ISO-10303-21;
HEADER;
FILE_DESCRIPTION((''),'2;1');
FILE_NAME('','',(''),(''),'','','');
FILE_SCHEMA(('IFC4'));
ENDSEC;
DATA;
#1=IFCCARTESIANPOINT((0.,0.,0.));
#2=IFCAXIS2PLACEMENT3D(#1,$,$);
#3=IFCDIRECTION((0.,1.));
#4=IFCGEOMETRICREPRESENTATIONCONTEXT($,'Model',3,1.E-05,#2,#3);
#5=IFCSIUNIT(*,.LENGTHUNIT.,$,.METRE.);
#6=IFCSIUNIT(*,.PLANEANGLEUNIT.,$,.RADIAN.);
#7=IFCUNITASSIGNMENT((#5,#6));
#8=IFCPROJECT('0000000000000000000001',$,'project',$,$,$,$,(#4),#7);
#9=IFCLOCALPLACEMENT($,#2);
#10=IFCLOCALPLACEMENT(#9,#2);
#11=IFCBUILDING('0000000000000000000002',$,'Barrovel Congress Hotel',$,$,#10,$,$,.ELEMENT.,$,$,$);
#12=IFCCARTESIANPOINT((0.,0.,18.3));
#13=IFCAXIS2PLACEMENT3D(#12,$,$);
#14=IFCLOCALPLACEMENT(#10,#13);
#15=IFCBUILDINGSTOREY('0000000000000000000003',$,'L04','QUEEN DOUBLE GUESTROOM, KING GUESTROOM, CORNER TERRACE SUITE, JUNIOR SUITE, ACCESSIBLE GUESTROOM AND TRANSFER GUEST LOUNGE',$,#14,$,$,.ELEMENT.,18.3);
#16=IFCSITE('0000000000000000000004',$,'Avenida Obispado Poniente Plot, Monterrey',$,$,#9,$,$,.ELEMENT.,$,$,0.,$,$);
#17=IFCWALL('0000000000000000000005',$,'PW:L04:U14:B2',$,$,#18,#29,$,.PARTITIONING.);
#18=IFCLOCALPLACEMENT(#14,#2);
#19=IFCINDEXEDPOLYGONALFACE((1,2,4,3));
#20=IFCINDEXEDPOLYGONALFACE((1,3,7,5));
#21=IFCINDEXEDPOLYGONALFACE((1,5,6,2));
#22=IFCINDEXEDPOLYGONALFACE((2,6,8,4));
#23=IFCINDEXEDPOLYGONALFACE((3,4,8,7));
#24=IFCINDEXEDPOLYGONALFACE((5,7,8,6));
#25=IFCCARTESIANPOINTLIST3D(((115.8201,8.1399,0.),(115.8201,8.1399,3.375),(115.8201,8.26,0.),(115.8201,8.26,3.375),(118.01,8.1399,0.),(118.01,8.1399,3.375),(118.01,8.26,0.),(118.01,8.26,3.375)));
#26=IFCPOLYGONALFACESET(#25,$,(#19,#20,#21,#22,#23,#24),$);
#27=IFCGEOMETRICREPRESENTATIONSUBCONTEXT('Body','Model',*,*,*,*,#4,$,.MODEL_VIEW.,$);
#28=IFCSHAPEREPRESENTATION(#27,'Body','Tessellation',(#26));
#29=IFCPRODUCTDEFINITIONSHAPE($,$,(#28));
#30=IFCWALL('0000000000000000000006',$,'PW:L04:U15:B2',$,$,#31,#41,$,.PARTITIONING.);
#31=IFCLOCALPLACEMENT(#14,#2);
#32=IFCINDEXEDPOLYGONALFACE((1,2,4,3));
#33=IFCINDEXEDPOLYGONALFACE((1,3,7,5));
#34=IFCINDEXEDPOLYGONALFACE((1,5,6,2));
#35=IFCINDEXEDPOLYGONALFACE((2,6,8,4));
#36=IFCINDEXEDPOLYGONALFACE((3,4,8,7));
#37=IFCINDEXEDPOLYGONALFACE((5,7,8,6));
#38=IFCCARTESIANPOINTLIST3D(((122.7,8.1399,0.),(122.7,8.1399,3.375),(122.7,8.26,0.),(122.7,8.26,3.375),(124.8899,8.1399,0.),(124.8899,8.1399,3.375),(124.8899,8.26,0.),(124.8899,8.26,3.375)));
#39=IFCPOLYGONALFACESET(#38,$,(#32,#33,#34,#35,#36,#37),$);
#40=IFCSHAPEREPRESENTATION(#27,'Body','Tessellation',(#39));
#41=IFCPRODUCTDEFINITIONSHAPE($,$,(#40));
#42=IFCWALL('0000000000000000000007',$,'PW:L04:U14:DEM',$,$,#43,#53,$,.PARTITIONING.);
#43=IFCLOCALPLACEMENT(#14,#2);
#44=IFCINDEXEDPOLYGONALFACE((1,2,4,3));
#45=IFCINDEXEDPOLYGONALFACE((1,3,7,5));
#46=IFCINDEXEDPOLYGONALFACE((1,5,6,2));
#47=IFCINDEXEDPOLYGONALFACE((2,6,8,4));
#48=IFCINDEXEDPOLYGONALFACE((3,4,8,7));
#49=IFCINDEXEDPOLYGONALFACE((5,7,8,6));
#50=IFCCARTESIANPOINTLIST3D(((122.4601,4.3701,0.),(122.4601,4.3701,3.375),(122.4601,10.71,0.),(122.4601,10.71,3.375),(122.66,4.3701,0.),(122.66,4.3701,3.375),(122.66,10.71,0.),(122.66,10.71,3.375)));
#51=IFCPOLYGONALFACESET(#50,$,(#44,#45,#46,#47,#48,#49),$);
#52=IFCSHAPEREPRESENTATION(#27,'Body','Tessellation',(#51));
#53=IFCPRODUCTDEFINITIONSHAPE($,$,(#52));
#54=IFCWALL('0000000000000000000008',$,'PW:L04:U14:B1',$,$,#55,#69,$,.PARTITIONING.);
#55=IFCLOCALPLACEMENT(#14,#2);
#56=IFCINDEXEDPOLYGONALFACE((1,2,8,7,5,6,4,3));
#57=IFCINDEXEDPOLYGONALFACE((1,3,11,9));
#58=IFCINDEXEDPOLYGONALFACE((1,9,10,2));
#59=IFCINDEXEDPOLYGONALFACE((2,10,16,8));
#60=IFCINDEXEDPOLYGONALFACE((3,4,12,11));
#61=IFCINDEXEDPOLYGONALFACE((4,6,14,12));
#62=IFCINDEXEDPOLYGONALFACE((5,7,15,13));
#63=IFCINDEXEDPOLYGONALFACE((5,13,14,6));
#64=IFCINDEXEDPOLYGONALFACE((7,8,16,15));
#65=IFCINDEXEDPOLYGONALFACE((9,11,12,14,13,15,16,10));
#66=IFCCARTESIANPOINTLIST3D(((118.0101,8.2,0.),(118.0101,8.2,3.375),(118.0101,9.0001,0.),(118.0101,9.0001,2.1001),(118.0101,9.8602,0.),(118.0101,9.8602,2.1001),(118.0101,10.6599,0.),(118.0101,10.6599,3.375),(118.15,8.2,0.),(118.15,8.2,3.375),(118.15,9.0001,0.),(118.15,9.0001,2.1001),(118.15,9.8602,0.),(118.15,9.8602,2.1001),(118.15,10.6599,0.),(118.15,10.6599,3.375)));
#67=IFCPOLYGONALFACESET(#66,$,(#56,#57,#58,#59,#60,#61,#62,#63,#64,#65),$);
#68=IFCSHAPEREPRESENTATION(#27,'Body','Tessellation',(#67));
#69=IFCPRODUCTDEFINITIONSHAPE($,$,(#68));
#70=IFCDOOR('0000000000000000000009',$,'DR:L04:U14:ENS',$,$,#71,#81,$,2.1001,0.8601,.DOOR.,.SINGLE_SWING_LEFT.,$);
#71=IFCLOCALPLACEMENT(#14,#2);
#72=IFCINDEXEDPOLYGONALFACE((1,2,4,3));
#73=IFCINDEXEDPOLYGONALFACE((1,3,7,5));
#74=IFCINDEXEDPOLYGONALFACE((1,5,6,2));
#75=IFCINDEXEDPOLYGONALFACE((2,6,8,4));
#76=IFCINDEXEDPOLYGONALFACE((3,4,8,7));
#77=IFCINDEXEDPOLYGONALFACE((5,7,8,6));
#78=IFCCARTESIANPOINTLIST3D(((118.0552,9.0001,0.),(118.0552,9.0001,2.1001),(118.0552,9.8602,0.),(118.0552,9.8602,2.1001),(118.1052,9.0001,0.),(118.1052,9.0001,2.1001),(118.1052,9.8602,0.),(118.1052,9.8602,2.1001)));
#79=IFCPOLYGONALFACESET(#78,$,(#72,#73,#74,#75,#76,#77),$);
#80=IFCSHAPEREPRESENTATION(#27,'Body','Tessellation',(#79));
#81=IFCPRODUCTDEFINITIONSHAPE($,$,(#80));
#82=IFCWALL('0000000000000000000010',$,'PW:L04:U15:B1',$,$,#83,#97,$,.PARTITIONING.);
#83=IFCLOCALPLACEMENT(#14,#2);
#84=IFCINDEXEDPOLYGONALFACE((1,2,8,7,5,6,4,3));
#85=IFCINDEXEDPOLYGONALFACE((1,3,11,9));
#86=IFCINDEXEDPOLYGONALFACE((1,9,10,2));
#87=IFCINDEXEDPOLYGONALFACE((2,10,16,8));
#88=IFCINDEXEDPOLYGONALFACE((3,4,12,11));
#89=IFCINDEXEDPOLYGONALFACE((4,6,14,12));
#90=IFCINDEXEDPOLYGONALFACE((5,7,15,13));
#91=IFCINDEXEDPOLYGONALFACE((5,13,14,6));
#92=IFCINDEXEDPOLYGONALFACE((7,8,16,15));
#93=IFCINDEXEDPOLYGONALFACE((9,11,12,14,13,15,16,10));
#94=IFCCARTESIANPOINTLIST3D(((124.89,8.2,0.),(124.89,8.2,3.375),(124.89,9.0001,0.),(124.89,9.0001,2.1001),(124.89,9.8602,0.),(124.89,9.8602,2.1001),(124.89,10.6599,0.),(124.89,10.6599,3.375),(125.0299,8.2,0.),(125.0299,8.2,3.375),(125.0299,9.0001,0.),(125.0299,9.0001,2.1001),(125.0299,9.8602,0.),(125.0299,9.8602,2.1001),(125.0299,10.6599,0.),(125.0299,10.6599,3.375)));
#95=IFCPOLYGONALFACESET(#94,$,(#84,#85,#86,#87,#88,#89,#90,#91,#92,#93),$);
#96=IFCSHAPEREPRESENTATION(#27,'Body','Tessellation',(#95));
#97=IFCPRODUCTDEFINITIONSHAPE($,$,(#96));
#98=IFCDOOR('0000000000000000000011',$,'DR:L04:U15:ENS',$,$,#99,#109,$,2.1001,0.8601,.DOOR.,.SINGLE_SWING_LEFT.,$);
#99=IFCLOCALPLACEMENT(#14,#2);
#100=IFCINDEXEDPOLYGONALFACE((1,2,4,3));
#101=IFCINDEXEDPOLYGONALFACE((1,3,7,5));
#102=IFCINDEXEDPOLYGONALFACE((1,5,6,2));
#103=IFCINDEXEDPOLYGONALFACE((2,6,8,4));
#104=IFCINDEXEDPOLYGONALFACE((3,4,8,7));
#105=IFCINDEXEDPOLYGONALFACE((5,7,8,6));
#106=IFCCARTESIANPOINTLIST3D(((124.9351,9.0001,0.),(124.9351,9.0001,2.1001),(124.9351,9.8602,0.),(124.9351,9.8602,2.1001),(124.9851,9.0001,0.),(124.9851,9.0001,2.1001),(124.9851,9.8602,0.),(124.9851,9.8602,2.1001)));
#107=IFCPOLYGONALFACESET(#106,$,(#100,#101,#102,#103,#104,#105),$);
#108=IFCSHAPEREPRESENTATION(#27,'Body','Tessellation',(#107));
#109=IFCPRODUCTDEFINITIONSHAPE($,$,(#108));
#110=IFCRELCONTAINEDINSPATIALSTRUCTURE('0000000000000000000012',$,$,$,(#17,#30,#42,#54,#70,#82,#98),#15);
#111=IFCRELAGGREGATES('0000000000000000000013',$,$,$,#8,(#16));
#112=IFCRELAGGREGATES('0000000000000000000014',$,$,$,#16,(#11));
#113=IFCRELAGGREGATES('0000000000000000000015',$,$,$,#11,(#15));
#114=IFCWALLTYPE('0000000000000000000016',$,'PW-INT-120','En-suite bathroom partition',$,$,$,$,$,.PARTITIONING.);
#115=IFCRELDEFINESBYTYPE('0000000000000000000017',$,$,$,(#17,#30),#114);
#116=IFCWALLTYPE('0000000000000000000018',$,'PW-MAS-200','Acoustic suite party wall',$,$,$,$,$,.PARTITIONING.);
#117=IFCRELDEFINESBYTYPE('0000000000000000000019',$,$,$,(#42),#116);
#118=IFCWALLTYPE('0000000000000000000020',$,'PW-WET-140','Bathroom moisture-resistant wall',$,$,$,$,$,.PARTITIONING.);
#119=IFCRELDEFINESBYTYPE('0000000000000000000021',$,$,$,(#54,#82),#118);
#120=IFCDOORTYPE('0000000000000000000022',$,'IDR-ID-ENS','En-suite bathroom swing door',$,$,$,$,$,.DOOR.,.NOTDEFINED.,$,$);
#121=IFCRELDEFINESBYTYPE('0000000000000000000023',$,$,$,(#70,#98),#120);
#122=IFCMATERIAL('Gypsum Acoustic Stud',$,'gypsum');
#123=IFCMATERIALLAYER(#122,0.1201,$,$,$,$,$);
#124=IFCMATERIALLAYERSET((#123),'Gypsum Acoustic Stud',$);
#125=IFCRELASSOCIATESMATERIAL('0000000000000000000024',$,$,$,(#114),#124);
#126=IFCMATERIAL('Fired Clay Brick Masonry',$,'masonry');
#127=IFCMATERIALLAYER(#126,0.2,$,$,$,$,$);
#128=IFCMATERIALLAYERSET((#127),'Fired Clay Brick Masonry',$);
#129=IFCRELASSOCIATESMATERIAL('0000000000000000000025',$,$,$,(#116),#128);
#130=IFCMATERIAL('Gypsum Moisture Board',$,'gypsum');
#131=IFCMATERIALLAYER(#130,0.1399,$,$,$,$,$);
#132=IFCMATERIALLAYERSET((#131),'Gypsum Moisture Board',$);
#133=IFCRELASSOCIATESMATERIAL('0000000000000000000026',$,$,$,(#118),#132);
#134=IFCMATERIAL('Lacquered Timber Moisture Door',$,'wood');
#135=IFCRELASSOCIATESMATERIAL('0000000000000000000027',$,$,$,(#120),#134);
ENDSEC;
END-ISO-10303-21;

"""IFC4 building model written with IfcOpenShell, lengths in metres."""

from ifc_helpers import new_model, si_unit, direction, frame, frame_2d, origin, place, context, subcontext, project, spatial, rectangle, extrude, material, layer, layer_set, type_object, element, fill, save


model = new_model("IFC4")

# Units and contexts
model_context = context("Model", 3, precision=1e-05, world=origin(), true_north=direction((0.0, 1.0)))
body_context = subcontext(model_context, "Body", "Model", "MODEL_VIEW")
ifc_project = project(units=[si_unit("LENGTHUNIT", "METRE"), si_unit("PLANEANGLEUNIT", "RADIAN")], contexts=[model_context])

# Site, building, storey
site_placement = place(None, origin())
site = spatial("IfcSite", under=ifc_project, at=site_placement, Name="Avenida Obispado Poniente Plot, Monterrey", CompositionType="ELEMENT", RefElevation=0.0)
building_placement = place(site_placement, origin())
building = spatial("IfcBuilding", under=site, at=building_placement, Name="Barrovel Congress Hotel", CompositionType="ELEMENT")
storey_placement = place(building_placement, frame((0.0, 0.0, 18.3)))
storey = spatial("IfcBuildingStorey", under=building, at=storey_placement, Name="L04", Description="QUEEN DOUBLE GUESTROOM, KING GUESTROOM, CORNER TERRACE SUITE, JUNIOR SUITE, ACCESSIBLE GUESTROOM AND TRANSFER GUEST LOUNGE", CompositionType="ELEMENT", Elevation=18.3)

# Shared definitions
ifc_material_1 = material(Name="Fired Clay Brick Masonry", Category="masonry")

# Shared definitions
ifc_material_2 = material(Name="Gypsum Acoustic Stud", Category="gypsum")

# Walls
ifc_layer_1 = layer(ifc_material_2, 0.1201)
ifc_layer_set_1 = layer_set([ifc_layer_1], Name="Gypsum Acoustic Stud")
wall_type_1 = type_object("IfcWallType", Name="PW-INT-120", Description="En-suite bathroom partition", PredefinedType="PARTITIONING", material=ifc_layer_set_1)
for number, where, z_axis, x_axis, name in (
    (1, (115.8201, 8.2, 0.0), (0.0, 0.0, 1.0), (1.0, 0.0, 0.0), "PW:L04:U14:B2"),
    (2, (122.7, 8.2, 0.0), (0.0, 0.0, 1.0), (1.0, 0.0, 0.0), "PW:L04:U15:B2"),
):
    element("IfcWall", number, at=place(storey_placement, frame(where, z_axis=z_axis, x_axis=x_axis)), inside=storey, type_object=wall_type_1, Name=name, PredefinedType="PARTITIONING", context=body_context, shape_type="SweptSolid", body=[
        extrude(rectangle(XDim=2.1899, YDim=0.1201, at=frame_2d((1.095, 0.0))), origin(), (0.0, 0.0, 1.0), 3.375),
    ])
ifc_layer_2 = layer(ifc_material_1, 0.2)
ifc_layer_set_2 = layer_set([ifc_layer_2], Name="Fired Clay Brick Masonry")
wall_type_2 = type_object("IfcWallType", Name="PW-MAS-200", Description="Acoustic suite party wall", PredefinedType="PARTITIONING", material=ifc_layer_set_2)
wall_1_placement = place(storey_placement, frame((122.5601, 4.3701, 0.0), z_axis=(0.0, 0.0, 1.0), x_axis=(0.0, 1.0, 0.0)))
element("IfcWall", 3, at=wall_1_placement, inside=storey, type_object=wall_type_2, Name="PW:L04:U14:DEM", PredefinedType="PARTITIONING", context=body_context, shape_type="SweptSolid", body=[
    extrude(rectangle(XDim=6.3398, YDim=0.2, at=frame_2d((3.1699, 0.0))), origin(), (0.0, 0.0, 1.0), 3.375),
])

# Walls, openings, doors
ifc_material_3 = material(Name="Gypsum Moisture Board", Category="gypsum")
ifc_layer_3 = layer(ifc_material_3, 0.1399)
ifc_layer_set_3 = layer_set([ifc_layer_3], Name="Gypsum Moisture Board")
wall_type_3 = type_object("IfcWallType", Name="PW-WET-140", Description="Bathroom moisture-resistant wall", PredefinedType="PARTITIONING", material=ifc_layer_set_3)
wall_2_placement = place(storey_placement, frame((118.0801, 8.2, 0.0), z_axis=(0.0, 0.0, 1.0), x_axis=(0.0, 1.0, 0.0)))
wall_2 = element("IfcWall", 4, at=wall_2_placement, inside=storey, type_object=wall_type_3, Name="PW:L04:U14:B1", PredefinedType="PARTITIONING", context=body_context, shape_type="SweptSolid", body=[
    extrude(rectangle(XDim=2.46, YDim=0.1399, at=frame_2d((1.23, 0.0))), origin(), (0.0, 0.0, 1.0), 3.375),
])
opening_1_placement = place(wall_2_placement, frame((0.8, 0.0, 0.0)))
opening_1 = element("IfcOpeningElement", 5, at=opening_1_placement, cuts=wall_2, PredefinedType="OPENING", context=body_context, shape_type="SweptSolid", body=[
    extrude(rectangle(XDim=0.8601, YDim=2.1001, at=frame_2d((0.4302, 1.05))), frame((0.0, 0.0801, 0.0), z_axis=(0.0, -1.0, 0.0), x_axis=(1.0, 0.0, 0.0)), (0.0, 0.0, 1.0), 0.1599),
])
ifc_material_4 = material(Name="Lacquered Timber Moisture Door", Category="wood")
door_type_1 = type_object("IfcDoorType", Name="IDR-ID-ENS", Description="En-suite bathroom swing door", OperationType="NOTDEFINED", PredefinedType="DOOR", material=ifc_material_4)
door_1_placement = place(opening_1_placement, origin())
door_1 = element("IfcDoor", 6, at=door_1_placement, inside=storey, type_object=door_type_1, Name="DR:L04:U14:ENS", OperationType="SINGLE_SWING_LEFT", OverallHeight=2.1001, OverallWidth=0.8601, PredefinedType="DOOR", context=body_context, shape_type="SweptSolid", body=[
    extrude(rectangle(XDim=0.8601, YDim=2.1001, at=frame_2d((0.4302, 1.05))), frame((0.0, 0.0249, 0.0), z_axis=(0.0, -1.0, 0.0), x_axis=(1.0, 0.0, 0.0)), (0.0, 0.0, 1.0), 0.05),
])
fill(opening_1, door_1)
wall_3_placement = place(storey_placement, frame((124.96, 8.2, 0.0), z_axis=(0.0, 0.0, 1.0), x_axis=(0.0, 1.0, 0.0)))
wall_3 = element("IfcWall", 7, at=wall_3_placement, inside=storey, type_object=wall_type_3, Name="PW:L04:U15:B1", PredefinedType="PARTITIONING", context=body_context, shape_type="SweptSolid", body=[
    extrude(rectangle(XDim=2.46, YDim=0.1399, at=frame_2d((1.23, 0.0))), origin(), (0.0, 0.0, 1.0), 3.375),
])
opening_2_placement = place(wall_3_placement, frame((0.8, 0.0, 0.0)))
opening_2 = element("IfcOpeningElement", 8, at=opening_2_placement, cuts=wall_3, PredefinedType="OPENING", context=body_context, shape_type="SweptSolid", body=[
    extrude(rectangle(XDim=0.8601, YDim=2.1001, at=frame_2d((0.4302, 1.05))), frame((0.0, 0.0801, 0.0), z_axis=(0.0, -1.0, 0.0), x_axis=(1.0, 0.0, 0.0)), (0.0, 0.0, 1.0), 0.1599),
])
door_2_placement = place(opening_2_placement, origin())
door_2 = element("IfcDoor", 9, at=door_2_placement, inside=storey, type_object=door_type_1, Name="DR:L04:U15:ENS", OperationType="SINGLE_SWING_LEFT", OverallHeight=2.1001, OverallWidth=0.8601, PredefinedType="DOOR", context=body_context, shape_type="SweptSolid", body=[
    extrude(rectangle(XDim=0.8601, YDim=2.1001, at=frame_2d((0.4302, 1.05))), frame((0.0, 0.0249, 0.0), z_axis=(0.0, -1.0, 0.0), x_axis=(1.0, 0.0, 0.0)), (0.0, 0.0, 1.0), 0.05),
])
fill(opening_2, door_2)

save(model, "model.ifc")
